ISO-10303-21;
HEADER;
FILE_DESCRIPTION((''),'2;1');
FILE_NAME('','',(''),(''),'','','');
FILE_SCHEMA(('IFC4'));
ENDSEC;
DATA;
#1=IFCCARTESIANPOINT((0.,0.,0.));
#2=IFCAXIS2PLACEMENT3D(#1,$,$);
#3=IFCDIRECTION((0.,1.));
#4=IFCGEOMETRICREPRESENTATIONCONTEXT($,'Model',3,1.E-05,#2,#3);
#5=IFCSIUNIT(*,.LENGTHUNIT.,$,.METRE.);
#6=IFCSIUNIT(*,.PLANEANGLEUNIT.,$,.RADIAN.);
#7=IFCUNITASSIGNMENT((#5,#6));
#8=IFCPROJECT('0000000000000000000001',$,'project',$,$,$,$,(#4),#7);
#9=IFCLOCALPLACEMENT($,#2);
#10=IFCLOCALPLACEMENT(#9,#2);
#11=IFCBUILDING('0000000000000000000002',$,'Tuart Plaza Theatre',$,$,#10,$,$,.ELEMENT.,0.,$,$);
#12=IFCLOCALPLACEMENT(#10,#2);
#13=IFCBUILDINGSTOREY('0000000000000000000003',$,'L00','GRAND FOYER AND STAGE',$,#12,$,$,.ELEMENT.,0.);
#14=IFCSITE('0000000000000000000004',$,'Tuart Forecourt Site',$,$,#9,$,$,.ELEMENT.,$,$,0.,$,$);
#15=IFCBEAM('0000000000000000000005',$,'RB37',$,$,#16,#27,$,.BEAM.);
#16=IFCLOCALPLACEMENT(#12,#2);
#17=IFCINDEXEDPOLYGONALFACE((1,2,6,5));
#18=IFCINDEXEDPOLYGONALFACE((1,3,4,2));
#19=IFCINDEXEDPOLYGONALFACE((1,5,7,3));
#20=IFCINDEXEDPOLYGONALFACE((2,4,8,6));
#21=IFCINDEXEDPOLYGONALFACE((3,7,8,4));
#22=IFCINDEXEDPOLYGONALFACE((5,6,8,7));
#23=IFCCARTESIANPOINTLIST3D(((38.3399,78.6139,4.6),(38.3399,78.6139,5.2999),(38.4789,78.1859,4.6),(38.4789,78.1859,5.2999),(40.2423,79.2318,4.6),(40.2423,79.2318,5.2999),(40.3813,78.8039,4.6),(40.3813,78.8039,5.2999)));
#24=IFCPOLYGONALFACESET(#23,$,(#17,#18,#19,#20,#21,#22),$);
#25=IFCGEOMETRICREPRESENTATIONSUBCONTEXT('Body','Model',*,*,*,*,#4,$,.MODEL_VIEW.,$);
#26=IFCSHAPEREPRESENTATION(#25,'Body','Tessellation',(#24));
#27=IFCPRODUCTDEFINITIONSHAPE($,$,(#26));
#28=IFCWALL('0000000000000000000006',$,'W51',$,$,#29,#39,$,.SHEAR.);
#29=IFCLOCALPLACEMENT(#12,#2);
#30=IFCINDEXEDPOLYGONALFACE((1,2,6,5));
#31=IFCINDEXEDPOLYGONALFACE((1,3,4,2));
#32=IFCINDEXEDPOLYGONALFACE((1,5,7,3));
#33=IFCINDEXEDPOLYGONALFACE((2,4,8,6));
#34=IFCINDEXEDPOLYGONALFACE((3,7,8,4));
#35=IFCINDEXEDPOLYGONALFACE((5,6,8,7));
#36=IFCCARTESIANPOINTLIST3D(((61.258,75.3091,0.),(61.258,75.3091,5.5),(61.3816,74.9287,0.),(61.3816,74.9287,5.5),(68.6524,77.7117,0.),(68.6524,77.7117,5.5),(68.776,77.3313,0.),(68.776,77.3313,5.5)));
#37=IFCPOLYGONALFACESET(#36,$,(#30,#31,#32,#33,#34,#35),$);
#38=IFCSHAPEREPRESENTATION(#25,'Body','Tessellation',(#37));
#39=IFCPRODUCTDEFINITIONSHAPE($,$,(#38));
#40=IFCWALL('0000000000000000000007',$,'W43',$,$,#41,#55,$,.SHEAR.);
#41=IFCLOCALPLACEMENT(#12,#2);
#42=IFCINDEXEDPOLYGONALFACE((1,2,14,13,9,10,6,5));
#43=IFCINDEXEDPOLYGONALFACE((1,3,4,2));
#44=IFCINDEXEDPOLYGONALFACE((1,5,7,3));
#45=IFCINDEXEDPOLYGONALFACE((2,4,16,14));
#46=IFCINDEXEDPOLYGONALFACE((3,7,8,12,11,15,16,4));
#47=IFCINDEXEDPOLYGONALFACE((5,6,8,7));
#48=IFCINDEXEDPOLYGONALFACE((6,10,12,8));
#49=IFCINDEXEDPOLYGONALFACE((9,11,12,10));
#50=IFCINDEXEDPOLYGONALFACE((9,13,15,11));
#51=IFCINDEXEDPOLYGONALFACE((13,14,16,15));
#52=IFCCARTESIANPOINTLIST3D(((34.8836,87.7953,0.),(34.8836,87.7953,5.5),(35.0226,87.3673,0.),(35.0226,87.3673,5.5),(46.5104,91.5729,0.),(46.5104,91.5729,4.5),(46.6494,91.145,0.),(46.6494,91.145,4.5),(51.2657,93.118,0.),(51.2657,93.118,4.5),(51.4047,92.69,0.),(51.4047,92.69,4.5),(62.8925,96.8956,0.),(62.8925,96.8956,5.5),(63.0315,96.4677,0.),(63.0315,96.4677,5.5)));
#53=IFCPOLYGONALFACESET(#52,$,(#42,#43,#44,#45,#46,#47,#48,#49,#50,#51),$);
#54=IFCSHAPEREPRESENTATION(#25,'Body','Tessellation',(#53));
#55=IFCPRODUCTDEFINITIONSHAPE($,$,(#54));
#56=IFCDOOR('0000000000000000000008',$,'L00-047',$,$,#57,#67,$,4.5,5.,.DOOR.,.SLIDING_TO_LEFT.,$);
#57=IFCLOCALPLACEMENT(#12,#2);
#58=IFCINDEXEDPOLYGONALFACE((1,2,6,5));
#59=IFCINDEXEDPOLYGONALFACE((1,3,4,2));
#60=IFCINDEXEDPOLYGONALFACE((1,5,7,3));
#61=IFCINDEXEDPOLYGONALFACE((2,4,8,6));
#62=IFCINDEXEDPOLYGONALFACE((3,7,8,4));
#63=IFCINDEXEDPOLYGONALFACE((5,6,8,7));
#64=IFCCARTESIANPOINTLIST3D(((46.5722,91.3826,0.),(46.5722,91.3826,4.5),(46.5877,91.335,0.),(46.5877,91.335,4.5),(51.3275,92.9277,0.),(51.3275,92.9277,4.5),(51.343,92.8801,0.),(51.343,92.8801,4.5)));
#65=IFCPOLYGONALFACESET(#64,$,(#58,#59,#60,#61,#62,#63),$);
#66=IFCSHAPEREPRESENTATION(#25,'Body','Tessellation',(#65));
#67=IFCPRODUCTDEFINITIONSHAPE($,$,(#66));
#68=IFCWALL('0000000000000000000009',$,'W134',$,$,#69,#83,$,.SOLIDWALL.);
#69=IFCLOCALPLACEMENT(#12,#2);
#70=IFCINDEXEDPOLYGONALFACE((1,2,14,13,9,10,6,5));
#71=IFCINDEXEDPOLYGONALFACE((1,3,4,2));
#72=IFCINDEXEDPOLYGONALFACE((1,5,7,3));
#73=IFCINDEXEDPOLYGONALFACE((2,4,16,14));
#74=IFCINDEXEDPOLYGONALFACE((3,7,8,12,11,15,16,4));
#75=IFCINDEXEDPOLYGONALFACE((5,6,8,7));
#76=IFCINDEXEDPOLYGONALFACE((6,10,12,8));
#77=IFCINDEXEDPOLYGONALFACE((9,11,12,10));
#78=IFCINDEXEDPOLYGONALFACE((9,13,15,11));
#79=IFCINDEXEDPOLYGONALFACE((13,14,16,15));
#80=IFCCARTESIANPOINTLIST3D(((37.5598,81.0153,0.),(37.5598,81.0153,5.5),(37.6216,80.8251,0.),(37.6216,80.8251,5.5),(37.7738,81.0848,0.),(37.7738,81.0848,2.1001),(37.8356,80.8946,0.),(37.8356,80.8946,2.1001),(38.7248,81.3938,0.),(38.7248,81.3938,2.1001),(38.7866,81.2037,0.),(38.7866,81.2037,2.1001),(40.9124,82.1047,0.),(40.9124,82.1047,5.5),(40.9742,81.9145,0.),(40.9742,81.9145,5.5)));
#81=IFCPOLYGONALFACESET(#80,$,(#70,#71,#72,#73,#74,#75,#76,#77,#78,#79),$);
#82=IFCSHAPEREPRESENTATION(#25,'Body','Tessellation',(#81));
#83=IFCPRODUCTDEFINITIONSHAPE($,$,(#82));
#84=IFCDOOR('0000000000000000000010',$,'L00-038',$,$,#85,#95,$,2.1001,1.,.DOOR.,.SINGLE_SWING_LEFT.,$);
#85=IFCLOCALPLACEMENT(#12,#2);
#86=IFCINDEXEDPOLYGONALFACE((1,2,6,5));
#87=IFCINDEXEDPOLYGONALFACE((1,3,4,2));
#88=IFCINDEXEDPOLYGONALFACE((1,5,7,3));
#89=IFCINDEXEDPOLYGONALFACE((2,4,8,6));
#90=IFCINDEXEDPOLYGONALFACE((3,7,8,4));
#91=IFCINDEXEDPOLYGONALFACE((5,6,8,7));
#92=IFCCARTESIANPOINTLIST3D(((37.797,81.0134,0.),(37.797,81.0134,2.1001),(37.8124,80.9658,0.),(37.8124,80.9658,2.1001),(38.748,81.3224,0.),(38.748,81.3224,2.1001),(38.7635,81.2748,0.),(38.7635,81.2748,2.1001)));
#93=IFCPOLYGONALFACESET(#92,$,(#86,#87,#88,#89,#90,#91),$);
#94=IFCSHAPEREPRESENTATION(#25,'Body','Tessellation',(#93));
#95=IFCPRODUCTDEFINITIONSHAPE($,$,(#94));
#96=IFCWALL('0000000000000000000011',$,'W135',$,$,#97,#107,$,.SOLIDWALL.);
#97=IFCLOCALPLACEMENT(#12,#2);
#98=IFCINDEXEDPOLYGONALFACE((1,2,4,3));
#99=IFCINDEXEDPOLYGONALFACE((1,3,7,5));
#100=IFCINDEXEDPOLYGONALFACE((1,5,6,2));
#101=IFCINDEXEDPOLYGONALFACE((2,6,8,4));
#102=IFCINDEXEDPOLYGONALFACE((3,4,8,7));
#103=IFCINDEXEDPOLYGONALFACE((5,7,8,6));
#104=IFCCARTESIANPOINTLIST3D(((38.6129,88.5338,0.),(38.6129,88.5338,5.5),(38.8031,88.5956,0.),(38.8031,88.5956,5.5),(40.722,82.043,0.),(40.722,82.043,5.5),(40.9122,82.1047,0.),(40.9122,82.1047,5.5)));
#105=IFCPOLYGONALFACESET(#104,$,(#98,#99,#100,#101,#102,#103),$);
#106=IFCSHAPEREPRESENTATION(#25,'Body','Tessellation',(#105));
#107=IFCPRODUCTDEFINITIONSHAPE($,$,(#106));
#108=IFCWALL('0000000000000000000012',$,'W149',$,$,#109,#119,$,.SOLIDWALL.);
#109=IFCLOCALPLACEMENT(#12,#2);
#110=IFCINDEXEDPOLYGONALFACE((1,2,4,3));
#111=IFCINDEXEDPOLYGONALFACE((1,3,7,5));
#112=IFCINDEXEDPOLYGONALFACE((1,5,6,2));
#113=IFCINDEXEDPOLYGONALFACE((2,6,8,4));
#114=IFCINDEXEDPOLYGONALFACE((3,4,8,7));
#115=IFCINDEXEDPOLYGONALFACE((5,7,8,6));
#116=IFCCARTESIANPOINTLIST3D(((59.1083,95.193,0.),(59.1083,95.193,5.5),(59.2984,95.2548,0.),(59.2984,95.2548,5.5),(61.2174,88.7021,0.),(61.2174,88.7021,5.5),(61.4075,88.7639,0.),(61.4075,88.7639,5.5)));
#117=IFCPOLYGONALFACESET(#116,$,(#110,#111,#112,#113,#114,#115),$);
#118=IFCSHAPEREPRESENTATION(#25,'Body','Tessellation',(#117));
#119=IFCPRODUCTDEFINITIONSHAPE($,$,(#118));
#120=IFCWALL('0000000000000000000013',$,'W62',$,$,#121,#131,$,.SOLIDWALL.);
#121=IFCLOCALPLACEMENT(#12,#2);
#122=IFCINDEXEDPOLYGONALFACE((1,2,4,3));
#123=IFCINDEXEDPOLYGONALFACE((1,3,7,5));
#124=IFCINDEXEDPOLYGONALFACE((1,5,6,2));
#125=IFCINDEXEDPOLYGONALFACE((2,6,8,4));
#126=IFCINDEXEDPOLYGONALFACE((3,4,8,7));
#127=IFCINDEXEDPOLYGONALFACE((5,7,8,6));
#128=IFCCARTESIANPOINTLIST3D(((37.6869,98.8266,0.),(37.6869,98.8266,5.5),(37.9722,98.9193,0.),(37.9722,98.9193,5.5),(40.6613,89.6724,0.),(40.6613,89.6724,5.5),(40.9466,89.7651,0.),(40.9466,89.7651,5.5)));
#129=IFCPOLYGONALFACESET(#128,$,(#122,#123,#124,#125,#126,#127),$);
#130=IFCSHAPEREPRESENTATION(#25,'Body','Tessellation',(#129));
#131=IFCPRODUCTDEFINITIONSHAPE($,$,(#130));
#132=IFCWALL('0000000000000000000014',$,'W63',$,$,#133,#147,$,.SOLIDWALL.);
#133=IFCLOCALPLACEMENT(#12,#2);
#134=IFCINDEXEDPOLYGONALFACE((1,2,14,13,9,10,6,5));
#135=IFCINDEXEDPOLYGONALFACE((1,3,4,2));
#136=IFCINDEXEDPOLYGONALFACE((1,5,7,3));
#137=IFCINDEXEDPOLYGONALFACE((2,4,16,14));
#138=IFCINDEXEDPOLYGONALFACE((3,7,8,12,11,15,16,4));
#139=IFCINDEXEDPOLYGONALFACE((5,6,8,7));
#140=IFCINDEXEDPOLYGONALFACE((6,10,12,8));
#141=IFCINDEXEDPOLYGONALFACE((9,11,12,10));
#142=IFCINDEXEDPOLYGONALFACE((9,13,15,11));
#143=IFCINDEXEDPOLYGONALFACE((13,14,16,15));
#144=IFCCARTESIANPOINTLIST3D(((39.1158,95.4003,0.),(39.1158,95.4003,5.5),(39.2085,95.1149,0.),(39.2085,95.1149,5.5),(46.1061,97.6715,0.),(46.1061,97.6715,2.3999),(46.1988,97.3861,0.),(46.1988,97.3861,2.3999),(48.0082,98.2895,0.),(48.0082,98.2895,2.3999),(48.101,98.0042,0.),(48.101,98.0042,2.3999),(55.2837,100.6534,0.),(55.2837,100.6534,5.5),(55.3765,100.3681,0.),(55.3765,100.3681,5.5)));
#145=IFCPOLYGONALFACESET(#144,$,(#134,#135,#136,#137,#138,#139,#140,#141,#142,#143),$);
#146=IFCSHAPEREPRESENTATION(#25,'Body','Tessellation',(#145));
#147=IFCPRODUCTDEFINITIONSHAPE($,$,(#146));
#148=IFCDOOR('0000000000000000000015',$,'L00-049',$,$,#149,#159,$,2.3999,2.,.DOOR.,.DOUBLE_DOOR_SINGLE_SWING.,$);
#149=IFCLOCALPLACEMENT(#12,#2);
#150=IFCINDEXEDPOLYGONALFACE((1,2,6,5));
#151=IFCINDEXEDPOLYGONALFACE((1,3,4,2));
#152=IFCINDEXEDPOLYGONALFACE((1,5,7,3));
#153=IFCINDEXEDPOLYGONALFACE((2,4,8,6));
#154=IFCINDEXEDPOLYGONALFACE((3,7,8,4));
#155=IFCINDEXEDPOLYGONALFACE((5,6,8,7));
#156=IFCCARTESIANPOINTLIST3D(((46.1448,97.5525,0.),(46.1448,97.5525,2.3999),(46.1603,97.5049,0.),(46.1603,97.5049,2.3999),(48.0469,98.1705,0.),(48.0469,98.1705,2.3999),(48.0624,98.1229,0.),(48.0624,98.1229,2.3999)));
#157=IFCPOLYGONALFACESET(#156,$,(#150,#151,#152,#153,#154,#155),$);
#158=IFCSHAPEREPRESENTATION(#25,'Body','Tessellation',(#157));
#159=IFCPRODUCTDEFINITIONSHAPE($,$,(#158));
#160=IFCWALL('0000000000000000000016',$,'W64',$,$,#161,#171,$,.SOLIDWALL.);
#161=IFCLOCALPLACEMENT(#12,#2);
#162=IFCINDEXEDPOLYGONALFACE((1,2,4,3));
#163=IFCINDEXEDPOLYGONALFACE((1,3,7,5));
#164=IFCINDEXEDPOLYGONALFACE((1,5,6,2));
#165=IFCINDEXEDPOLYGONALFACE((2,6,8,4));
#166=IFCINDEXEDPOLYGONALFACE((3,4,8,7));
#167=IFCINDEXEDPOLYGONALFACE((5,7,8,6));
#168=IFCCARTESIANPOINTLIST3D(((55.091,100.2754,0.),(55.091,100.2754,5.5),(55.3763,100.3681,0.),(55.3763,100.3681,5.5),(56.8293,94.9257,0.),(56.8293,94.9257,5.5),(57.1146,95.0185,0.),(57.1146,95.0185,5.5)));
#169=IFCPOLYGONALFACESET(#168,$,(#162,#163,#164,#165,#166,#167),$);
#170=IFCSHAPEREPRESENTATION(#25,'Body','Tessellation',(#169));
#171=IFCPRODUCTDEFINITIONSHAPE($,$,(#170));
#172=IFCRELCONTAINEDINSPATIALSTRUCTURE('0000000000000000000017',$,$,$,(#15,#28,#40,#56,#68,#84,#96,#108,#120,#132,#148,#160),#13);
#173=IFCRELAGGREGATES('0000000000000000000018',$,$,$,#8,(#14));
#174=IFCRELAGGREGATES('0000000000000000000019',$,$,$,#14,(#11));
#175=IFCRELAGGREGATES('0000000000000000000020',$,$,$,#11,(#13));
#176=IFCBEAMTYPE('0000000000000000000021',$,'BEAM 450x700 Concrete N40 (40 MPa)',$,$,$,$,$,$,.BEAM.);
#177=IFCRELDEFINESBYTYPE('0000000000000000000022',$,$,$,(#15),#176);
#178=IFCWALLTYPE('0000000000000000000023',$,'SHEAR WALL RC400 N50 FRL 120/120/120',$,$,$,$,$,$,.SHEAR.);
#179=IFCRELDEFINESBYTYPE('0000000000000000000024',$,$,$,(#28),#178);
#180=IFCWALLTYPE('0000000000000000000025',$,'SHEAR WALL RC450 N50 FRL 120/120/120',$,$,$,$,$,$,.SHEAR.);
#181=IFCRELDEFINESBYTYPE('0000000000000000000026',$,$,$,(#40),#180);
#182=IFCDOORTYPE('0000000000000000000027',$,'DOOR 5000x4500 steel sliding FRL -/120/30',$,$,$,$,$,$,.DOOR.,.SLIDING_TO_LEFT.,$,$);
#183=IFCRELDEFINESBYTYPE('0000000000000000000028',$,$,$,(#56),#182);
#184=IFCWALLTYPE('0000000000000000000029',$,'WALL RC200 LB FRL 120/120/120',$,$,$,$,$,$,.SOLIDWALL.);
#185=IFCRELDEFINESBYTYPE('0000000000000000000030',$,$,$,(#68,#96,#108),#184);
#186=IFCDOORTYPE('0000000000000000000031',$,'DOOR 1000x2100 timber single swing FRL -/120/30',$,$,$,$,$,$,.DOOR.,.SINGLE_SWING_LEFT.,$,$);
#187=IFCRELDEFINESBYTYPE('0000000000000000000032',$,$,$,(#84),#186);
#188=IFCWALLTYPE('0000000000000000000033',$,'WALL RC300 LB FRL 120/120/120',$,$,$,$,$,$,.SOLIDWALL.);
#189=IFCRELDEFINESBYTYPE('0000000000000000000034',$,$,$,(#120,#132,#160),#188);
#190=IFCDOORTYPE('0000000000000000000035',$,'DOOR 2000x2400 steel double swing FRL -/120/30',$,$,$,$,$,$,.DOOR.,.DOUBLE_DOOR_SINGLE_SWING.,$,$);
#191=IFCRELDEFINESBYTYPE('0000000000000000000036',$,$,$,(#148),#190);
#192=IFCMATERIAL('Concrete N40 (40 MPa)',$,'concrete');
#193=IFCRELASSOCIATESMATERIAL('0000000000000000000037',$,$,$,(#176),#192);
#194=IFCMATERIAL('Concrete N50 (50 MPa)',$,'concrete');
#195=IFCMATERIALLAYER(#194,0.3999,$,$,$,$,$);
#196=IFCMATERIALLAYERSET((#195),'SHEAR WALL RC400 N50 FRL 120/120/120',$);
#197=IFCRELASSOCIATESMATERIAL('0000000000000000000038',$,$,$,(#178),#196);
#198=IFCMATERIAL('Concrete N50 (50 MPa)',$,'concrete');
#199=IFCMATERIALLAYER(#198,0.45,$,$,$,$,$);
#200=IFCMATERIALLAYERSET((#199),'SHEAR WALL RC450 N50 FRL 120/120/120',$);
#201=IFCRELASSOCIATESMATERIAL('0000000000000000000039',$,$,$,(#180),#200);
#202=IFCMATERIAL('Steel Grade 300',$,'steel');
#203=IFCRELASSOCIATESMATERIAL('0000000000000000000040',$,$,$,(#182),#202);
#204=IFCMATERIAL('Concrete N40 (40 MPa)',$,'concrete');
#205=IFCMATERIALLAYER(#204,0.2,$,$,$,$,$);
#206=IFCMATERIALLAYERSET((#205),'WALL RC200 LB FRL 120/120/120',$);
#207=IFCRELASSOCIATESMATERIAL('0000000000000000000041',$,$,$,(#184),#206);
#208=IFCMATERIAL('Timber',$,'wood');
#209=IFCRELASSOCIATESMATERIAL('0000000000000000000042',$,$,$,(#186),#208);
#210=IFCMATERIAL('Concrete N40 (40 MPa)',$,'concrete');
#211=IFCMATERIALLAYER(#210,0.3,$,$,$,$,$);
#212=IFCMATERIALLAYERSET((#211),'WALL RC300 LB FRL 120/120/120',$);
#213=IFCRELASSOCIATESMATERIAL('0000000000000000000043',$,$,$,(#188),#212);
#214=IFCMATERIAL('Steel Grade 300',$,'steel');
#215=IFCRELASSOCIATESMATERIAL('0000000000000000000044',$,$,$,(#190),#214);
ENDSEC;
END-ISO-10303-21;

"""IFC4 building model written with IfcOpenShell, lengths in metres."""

from ifc_helpers import new_model, si_unit, direction, frame, frame_2d, origin, origin_2d, place, context, subcontext, project, spatial, rectangle, extrude, material, layer, layer_set, material_profile, profile_set, type_object, element, fill, save


model = new_model("IFC4")

# Units and contexts
model_context = context("Model", 3, precision=1e-05, world=origin(), true_north=direction((0.0, 1.0)))
body_context = subcontext(model_context, "Body", "Model", "MODEL_VIEW")
ifc_project = project(units=[si_unit("LENGTHUNIT", "METRE"), si_unit("PLANEANGLEUNIT", "RADIAN")], contexts=[model_context])

# Site, building, storey
site_placement = place(None, origin())
site = spatial("IfcSite", under=ifc_project, at=site_placement, Name="Tuart Forecourt Site", CompositionType="ELEMENT", RefElevation=0.0)
building_placement = place(site_placement, origin())
building = spatial("IfcBuilding", under=site, at=building_placement, Name="Tuart Plaza Theatre", CompositionType="ELEMENT", ElevationOfRefHeight=0.0)
storey_placement = place(building_placement, origin())
storey = spatial("IfcBuildingStorey", under=building, at=storey_placement, Name="L00", Description="GRAND FOYER AND STAGE", CompositionType="ELEMENT", Elevation=0.0)

# Beam
ifc_material_1 = material(Name="Concrete N40 (40 MPa)", Category="concrete")
ifc_material_profile_1 = material_profile(ifc_material_1, rectangle(XDim=0.45, YDim=0.7, at=origin_2d()), Name="BEAM 450x700 Concrete N40 (40 MPa)")
ifc_profile_set_1 = profile_set([ifc_material_profile_1], Name="Concrete N40 (40 MPa)")
beam_type_1 = type_object("IfcBeamType", Name="BEAM 450x700 Concrete N40 (40 MPa)", PredefinedType="BEAM", material=ifc_profile_set_1)
beam_1_placement = place(storey_placement, frame((38.4094, 78.3999, 4.95), z_axis=(0.951084, 0.308932, 0.0), x_axis=(-0.308932, 0.951084, 0.0)))
element("IfcBeam", 1, at=beam_1_placement, inside=storey, type_object=beam_type_1, Name="RB37", PredefinedType="BEAM", context=body_context, shape_type="SweptSolid", body=[
    extrude(rectangle(XDim=0.45, YDim=0.7, at=origin_2d()), origin(), (0.0, 0.0, 1.0), 2.0002),
])

# Wall
ifc_material_2 = material(Name="Concrete N50 (50 MPa)", Category="concrete")
ifc_layer_1 = layer(ifc_material_2, 0.3999)
ifc_layer_set_1 = layer_set([ifc_layer_1], Name="SHEAR WALL RC400 N50 FRL 120/120/120")
wall_type_1 = type_object("IfcWallType", Name="SHEAR WALL RC400 N50 FRL 120/120/120", PredefinedType="SHEAR", material=ifc_layer_set_1)
wall_1_placement = place(storey_placement, frame((61.3198, 75.1189, 0.0), z_axis=(0.0, 0.0, 1.0), x_axis=(0.951055, 0.309021, 0.0)))
element("IfcWall", 2, at=wall_1_placement, inside=storey, type_object=wall_type_1, Name="W51", PredefinedType="SHEAR", context=body_context, shape_type="SweptSolid", body=[
    extrude(rectangle(XDim=7.7749, YDim=0.3999, at=frame_2d((3.8875, 0.0))), origin(), (0.0, 0.0, 1.0), 5.5),
])

# Walls, openings, doors
ifc_material_3 = material(Name="Concrete N50 (50 MPa)", Category="concrete")
ifc_layer_2 = layer(ifc_material_3, 0.45)
ifc_layer_set_2 = layer_set([ifc_layer_2], Name="SHEAR WALL RC450 N50 FRL 120/120/120")
wall_type_2 = type_object("IfcWallType", Name="SHEAR WALL RC450 N50 FRL 120/120/120", PredefinedType="SHEAR", material=ifc_layer_set_2)
wall_2_placement = place(storey_placement, frame((34.9531, 87.5813, 0.0), z_axis=(0.0, 0.0, 1.0), x_axis=(0.951059, 0.309009, 0.0)))
wall_2 = element("IfcWall", 3, at=wall_2_placement, inside=storey, type_object=wall_type_2, Name="W43", PredefinedType="SHEAR", context=body_context, shape_type="SweptSolid", body=[
    extrude(rectangle(XDim=29.4502, YDim=0.45, at=frame_2d((14.7251, 0.0))), origin(), (0.0, 0.0, 1.0), 5.5),
])
opening_1_placement = place(wall_2_placement, frame((12.2251, 0.0, 0.0)))
opening_1 = element("IfcOpeningElement", 4, at=opening_1_placement, cuts=wall_2, PredefinedType="OPENING", context=body_context, shape_type="SweptSolid", body=[
    extrude(rectangle(XDim=5.0, YDim=4.5, at=frame_2d((2.5, 2.25))), frame((0.0, 0.2349, 0.0), z_axis=(0.0, -1.0, 0.0), x_axis=(1.0, 0.0, 0.0)), (0.0, 0.0, 1.0), 0.47),
])
ifc_material_4 = material(Name="Steel Grade 300", Category="steel")
door_type_1 = type_object("IfcDoorType", Name="DOOR 5000x4500 steel sliding FRL -/120/30", OperationType="SLIDING_TO_LEFT", PredefinedType="DOOR", material=ifc_material_4)
door_1_placement = place(opening_1_placement, origin())
door_1 = element("IfcDoor", 5, at=door_1_placement, inside=storey, type_object=door_type_1, Name="L00-047", OperationType="SLIDING_TO_LEFT", OverallHeight=4.5, OverallWidth=5.0, PredefinedType="DOOR", context=body_context, shape_type="SweptSolid", body=[
    extrude(rectangle(XDim=5.0, YDim=4.5, at=frame_2d((2.5, 2.25))), frame((0.0, 0.0249, 0.0), z_axis=(0.0, -1.0, 0.0), x_axis=(1.0, 0.0, 0.0)), (0.0, 0.0, 1.0), 0.05),
])
fill(opening_1, door_1)
ifc_material_5 = material(Name="Concrete N40 (40 MPa)", Category="concrete")
ifc_layer_3 = layer(ifc_material_5, 0.2)
ifc_layer_set_3 = layer_set([ifc_layer_3], Name="WALL RC200 LB FRL 120/120/120")
wall_type_3 = type_object("IfcWallType", Name="WALL RC200 LB FRL 120/120/120", PredefinedType="SOLIDWALL", material=ifc_layer_set_3)
wall_3_placement = place(storey_placement, frame((37.5906, 80.9202, 0.0), z_axis=(0.0, 0.0, 1.0), x_axis=(0.951052, 0.30903, 0.0)))
wall_3 = element("IfcWall", 6, at=wall_3_placement, inside=storey, type_object=wall_type_3, Name="W134", PredefinedType="SOLIDWALL", context=body_context, shape_type="SweptSolid", body=[
    extrude(rectangle(XDim=3.5251, YDim=0.2, at=frame_2d((1.7627, 0.0))), origin(), (0.0, 0.0, 1.0), 5.5),
])
opening_2_placement = place(wall_3_placement, frame((0.2251, 0.0, 0.0)))
opening_2 = element("IfcOpeningElement", 7, at=opening_2_placement, cuts=wall_3, PredefinedType="OPENING", context=body_context, shape_type="SweptSolid", body=[
    extrude(rectangle(XDim=1.0, YDim=2.1001, at=frame_2d((0.5, 1.05))), frame((0.0, 0.1099, 0.0), z_axis=(0.0, -1.0, 0.0), x_axis=(1.0, 0.0, 0.0)), (0.0, 0.0, 1.0), 0.22),
])
ifc_material_6 = material(Name="Timber", Category="wood")
door_type_2 = type_object("IfcDoorType", Name="DOOR 1000x2100 timber single swing FRL -/120/30", OperationType="SINGLE_SWING_LEFT", PredefinedType="DOOR", material=ifc_material_6)
door_2_placement = place(opening_2_placement, origin())
door_2 = element("IfcDoor", 8, at=door_2_placement, inside=storey, type_object=door_type_2, Name="L00-038", OperationType="SINGLE_SWING_LEFT", OverallHeight=2.1001, OverallWidth=1.0, PredefinedType="DOOR", context=body_context, shape_type="SweptSolid", body=[
    extrude(rectangle(XDim=1.0, YDim=2.1001, at=frame_2d((0.5, 1.05))), frame((0.0, 0.0249, 0.0), z_axis=(0.0, -1.0, 0.0), x_axis=(1.0, 0.0, 0.0)), (0.0, 0.0, 1.0), 0.05),
])
fill(opening_2, door_2)

# Walls
for number, where, z_axis, x_axis, name in (
    (9, (40.8171, 82.0737, 0.0), (0.0, 0.0, 1.0), (-0.309029, 0.951053, 0.0), "W135"),
    (10, (61.3125, 88.7329, 0.0), (0.0, 0.0, 1.0), (-0.309029, 0.951053, 0.0), "W149"),
):
    element("IfcWall", number, at=place(storey_placement, frame(where, z_axis=z_axis, x_axis=x_axis)), inside=storey, type_object=wall_type_3, Name=name, PredefinedType="SOLIDWALL", context=body_context, shape_type="SweptSolid", body=[
        extrude(rectangle(XDim=6.825, YDim=0.2, at=frame_2d((3.4126, 0.0))), origin(), (0.0, 0.0, 1.0), 5.5),
    ])
ifc_material_7 = material(Name="Concrete N40 (40 MPa)", Category="concrete")
ifc_layer_4 = layer(ifc_material_7, 0.3)
ifc_layer_set_4 = layer_set([ifc_layer_4], Name="WALL RC300 LB FRL 120/120/120")
wall_type_4 = type_object("IfcWallType", Name="WALL RC300 LB FRL 120/120/120", PredefinedType="SOLIDWALL", material=ifc_layer_set_4)
wall_4_placement = place(storey_placement, frame((37.8296, 98.8728, 0.0), z_axis=(0.0, 0.0, 1.0), x_axis=(0.30902, -0.951056, 0.0)))
element("IfcWall", 11, at=wall_4_placement, inside=storey, type_object=wall_type_4, Name="W62", PredefinedType="SOLIDWALL", context=body_context, shape_type="SweptSolid", body=[
    extrude(rectangle(XDim=9.6252, YDim=0.3, at=frame_2d((4.8125, 0.0))), origin(), (0.0, 0.0, 1.0), 5.5),
])

# Wall, opening, door
wall_5_placement = place(storey_placement, frame((39.1621, 95.2576, 0.0), z_axis=(0.0, 0.0, 1.0), x_axis=(0.951059, 0.309011, 0.0)))
wall_5 = element("IfcWall", 12, at=wall_5_placement, inside=storey, type_object=wall_type_4, Name="W63", PredefinedType="SOLIDWALL", context=body_context, shape_type="SweptSolid", body=[
    extrude(rectangle(XDim=17.0, YDim=0.3, at=frame_2d((8.5, 0.0))), origin(), (0.0, 0.0, 1.0), 5.5),
])
opening_3_placement = place(wall_5_placement, frame((7.3501, 0.0, 0.0)))
opening_3 = element("IfcOpeningElement", 13, at=opening_3_placement, cuts=wall_5, PredefinedType="OPENING", context=body_context, shape_type="SweptSolid", body=[
    extrude(rectangle(XDim=2.0, YDim=2.3999, at=frame_2d((1.0, 1.2))), frame((0.0, 0.1599, 0.0), z_axis=(0.0, -1.0, 0.0), x_axis=(1.0, 0.0, 0.0)), (0.0, 0.0, 1.0), 0.3201),
])
ifc_material_8 = material(Name="Steel Grade 300", Category="steel")
door_type_3 = type_object("IfcDoorType", Name="DOOR 2000x2400 steel double swing FRL -/120/30", OperationType="DOUBLE_DOOR_SINGLE_SWING", PredefinedType="DOOR", material=ifc_material_8)
door_3_placement = place(opening_3_placement, origin())
door_3 = element("IfcDoor", 14, at=door_3_placement, inside=storey, type_object=door_type_3, Name="L00-049", OperationType="DOUBLE_DOOR_SINGLE_SWING", OverallHeight=2.3999, OverallWidth=2.0, PredefinedType="DOOR", context=body_context, shape_type="SweptSolid", body=[
    extrude(rectangle(XDim=2.0, YDim=2.3999, at=frame_2d((1.0, 1.2))), frame((0.0, 0.0249, 0.0), z_axis=(0.0, -1.0, 0.0), x_axis=(1.0, 0.0, 0.0)), (0.0, 0.0, 1.0), 0.05),
])
fill(opening_3, door_3)

# Wall
wall_6_placement = place(storey_placement, frame((55.2336, 100.3218, 0.0), z_axis=(0.0, 0.0, 1.0), x_axis=(0.309031, -0.951052, 0.0)))
element("IfcWall", 15, at=wall_6_placement, inside=storey, type_object=wall_type_4, Name="W64", PredefinedType="SOLIDWALL", context=body_context, shape_type="SweptSolid", body=[
    extrude(rectangle(XDim=5.625, YDim=0.3, at=frame_2d((2.8125, 0.0))), origin(), (0.0, 0.0, 1.0), 5.5),
])

save(model, "model.ifc")
